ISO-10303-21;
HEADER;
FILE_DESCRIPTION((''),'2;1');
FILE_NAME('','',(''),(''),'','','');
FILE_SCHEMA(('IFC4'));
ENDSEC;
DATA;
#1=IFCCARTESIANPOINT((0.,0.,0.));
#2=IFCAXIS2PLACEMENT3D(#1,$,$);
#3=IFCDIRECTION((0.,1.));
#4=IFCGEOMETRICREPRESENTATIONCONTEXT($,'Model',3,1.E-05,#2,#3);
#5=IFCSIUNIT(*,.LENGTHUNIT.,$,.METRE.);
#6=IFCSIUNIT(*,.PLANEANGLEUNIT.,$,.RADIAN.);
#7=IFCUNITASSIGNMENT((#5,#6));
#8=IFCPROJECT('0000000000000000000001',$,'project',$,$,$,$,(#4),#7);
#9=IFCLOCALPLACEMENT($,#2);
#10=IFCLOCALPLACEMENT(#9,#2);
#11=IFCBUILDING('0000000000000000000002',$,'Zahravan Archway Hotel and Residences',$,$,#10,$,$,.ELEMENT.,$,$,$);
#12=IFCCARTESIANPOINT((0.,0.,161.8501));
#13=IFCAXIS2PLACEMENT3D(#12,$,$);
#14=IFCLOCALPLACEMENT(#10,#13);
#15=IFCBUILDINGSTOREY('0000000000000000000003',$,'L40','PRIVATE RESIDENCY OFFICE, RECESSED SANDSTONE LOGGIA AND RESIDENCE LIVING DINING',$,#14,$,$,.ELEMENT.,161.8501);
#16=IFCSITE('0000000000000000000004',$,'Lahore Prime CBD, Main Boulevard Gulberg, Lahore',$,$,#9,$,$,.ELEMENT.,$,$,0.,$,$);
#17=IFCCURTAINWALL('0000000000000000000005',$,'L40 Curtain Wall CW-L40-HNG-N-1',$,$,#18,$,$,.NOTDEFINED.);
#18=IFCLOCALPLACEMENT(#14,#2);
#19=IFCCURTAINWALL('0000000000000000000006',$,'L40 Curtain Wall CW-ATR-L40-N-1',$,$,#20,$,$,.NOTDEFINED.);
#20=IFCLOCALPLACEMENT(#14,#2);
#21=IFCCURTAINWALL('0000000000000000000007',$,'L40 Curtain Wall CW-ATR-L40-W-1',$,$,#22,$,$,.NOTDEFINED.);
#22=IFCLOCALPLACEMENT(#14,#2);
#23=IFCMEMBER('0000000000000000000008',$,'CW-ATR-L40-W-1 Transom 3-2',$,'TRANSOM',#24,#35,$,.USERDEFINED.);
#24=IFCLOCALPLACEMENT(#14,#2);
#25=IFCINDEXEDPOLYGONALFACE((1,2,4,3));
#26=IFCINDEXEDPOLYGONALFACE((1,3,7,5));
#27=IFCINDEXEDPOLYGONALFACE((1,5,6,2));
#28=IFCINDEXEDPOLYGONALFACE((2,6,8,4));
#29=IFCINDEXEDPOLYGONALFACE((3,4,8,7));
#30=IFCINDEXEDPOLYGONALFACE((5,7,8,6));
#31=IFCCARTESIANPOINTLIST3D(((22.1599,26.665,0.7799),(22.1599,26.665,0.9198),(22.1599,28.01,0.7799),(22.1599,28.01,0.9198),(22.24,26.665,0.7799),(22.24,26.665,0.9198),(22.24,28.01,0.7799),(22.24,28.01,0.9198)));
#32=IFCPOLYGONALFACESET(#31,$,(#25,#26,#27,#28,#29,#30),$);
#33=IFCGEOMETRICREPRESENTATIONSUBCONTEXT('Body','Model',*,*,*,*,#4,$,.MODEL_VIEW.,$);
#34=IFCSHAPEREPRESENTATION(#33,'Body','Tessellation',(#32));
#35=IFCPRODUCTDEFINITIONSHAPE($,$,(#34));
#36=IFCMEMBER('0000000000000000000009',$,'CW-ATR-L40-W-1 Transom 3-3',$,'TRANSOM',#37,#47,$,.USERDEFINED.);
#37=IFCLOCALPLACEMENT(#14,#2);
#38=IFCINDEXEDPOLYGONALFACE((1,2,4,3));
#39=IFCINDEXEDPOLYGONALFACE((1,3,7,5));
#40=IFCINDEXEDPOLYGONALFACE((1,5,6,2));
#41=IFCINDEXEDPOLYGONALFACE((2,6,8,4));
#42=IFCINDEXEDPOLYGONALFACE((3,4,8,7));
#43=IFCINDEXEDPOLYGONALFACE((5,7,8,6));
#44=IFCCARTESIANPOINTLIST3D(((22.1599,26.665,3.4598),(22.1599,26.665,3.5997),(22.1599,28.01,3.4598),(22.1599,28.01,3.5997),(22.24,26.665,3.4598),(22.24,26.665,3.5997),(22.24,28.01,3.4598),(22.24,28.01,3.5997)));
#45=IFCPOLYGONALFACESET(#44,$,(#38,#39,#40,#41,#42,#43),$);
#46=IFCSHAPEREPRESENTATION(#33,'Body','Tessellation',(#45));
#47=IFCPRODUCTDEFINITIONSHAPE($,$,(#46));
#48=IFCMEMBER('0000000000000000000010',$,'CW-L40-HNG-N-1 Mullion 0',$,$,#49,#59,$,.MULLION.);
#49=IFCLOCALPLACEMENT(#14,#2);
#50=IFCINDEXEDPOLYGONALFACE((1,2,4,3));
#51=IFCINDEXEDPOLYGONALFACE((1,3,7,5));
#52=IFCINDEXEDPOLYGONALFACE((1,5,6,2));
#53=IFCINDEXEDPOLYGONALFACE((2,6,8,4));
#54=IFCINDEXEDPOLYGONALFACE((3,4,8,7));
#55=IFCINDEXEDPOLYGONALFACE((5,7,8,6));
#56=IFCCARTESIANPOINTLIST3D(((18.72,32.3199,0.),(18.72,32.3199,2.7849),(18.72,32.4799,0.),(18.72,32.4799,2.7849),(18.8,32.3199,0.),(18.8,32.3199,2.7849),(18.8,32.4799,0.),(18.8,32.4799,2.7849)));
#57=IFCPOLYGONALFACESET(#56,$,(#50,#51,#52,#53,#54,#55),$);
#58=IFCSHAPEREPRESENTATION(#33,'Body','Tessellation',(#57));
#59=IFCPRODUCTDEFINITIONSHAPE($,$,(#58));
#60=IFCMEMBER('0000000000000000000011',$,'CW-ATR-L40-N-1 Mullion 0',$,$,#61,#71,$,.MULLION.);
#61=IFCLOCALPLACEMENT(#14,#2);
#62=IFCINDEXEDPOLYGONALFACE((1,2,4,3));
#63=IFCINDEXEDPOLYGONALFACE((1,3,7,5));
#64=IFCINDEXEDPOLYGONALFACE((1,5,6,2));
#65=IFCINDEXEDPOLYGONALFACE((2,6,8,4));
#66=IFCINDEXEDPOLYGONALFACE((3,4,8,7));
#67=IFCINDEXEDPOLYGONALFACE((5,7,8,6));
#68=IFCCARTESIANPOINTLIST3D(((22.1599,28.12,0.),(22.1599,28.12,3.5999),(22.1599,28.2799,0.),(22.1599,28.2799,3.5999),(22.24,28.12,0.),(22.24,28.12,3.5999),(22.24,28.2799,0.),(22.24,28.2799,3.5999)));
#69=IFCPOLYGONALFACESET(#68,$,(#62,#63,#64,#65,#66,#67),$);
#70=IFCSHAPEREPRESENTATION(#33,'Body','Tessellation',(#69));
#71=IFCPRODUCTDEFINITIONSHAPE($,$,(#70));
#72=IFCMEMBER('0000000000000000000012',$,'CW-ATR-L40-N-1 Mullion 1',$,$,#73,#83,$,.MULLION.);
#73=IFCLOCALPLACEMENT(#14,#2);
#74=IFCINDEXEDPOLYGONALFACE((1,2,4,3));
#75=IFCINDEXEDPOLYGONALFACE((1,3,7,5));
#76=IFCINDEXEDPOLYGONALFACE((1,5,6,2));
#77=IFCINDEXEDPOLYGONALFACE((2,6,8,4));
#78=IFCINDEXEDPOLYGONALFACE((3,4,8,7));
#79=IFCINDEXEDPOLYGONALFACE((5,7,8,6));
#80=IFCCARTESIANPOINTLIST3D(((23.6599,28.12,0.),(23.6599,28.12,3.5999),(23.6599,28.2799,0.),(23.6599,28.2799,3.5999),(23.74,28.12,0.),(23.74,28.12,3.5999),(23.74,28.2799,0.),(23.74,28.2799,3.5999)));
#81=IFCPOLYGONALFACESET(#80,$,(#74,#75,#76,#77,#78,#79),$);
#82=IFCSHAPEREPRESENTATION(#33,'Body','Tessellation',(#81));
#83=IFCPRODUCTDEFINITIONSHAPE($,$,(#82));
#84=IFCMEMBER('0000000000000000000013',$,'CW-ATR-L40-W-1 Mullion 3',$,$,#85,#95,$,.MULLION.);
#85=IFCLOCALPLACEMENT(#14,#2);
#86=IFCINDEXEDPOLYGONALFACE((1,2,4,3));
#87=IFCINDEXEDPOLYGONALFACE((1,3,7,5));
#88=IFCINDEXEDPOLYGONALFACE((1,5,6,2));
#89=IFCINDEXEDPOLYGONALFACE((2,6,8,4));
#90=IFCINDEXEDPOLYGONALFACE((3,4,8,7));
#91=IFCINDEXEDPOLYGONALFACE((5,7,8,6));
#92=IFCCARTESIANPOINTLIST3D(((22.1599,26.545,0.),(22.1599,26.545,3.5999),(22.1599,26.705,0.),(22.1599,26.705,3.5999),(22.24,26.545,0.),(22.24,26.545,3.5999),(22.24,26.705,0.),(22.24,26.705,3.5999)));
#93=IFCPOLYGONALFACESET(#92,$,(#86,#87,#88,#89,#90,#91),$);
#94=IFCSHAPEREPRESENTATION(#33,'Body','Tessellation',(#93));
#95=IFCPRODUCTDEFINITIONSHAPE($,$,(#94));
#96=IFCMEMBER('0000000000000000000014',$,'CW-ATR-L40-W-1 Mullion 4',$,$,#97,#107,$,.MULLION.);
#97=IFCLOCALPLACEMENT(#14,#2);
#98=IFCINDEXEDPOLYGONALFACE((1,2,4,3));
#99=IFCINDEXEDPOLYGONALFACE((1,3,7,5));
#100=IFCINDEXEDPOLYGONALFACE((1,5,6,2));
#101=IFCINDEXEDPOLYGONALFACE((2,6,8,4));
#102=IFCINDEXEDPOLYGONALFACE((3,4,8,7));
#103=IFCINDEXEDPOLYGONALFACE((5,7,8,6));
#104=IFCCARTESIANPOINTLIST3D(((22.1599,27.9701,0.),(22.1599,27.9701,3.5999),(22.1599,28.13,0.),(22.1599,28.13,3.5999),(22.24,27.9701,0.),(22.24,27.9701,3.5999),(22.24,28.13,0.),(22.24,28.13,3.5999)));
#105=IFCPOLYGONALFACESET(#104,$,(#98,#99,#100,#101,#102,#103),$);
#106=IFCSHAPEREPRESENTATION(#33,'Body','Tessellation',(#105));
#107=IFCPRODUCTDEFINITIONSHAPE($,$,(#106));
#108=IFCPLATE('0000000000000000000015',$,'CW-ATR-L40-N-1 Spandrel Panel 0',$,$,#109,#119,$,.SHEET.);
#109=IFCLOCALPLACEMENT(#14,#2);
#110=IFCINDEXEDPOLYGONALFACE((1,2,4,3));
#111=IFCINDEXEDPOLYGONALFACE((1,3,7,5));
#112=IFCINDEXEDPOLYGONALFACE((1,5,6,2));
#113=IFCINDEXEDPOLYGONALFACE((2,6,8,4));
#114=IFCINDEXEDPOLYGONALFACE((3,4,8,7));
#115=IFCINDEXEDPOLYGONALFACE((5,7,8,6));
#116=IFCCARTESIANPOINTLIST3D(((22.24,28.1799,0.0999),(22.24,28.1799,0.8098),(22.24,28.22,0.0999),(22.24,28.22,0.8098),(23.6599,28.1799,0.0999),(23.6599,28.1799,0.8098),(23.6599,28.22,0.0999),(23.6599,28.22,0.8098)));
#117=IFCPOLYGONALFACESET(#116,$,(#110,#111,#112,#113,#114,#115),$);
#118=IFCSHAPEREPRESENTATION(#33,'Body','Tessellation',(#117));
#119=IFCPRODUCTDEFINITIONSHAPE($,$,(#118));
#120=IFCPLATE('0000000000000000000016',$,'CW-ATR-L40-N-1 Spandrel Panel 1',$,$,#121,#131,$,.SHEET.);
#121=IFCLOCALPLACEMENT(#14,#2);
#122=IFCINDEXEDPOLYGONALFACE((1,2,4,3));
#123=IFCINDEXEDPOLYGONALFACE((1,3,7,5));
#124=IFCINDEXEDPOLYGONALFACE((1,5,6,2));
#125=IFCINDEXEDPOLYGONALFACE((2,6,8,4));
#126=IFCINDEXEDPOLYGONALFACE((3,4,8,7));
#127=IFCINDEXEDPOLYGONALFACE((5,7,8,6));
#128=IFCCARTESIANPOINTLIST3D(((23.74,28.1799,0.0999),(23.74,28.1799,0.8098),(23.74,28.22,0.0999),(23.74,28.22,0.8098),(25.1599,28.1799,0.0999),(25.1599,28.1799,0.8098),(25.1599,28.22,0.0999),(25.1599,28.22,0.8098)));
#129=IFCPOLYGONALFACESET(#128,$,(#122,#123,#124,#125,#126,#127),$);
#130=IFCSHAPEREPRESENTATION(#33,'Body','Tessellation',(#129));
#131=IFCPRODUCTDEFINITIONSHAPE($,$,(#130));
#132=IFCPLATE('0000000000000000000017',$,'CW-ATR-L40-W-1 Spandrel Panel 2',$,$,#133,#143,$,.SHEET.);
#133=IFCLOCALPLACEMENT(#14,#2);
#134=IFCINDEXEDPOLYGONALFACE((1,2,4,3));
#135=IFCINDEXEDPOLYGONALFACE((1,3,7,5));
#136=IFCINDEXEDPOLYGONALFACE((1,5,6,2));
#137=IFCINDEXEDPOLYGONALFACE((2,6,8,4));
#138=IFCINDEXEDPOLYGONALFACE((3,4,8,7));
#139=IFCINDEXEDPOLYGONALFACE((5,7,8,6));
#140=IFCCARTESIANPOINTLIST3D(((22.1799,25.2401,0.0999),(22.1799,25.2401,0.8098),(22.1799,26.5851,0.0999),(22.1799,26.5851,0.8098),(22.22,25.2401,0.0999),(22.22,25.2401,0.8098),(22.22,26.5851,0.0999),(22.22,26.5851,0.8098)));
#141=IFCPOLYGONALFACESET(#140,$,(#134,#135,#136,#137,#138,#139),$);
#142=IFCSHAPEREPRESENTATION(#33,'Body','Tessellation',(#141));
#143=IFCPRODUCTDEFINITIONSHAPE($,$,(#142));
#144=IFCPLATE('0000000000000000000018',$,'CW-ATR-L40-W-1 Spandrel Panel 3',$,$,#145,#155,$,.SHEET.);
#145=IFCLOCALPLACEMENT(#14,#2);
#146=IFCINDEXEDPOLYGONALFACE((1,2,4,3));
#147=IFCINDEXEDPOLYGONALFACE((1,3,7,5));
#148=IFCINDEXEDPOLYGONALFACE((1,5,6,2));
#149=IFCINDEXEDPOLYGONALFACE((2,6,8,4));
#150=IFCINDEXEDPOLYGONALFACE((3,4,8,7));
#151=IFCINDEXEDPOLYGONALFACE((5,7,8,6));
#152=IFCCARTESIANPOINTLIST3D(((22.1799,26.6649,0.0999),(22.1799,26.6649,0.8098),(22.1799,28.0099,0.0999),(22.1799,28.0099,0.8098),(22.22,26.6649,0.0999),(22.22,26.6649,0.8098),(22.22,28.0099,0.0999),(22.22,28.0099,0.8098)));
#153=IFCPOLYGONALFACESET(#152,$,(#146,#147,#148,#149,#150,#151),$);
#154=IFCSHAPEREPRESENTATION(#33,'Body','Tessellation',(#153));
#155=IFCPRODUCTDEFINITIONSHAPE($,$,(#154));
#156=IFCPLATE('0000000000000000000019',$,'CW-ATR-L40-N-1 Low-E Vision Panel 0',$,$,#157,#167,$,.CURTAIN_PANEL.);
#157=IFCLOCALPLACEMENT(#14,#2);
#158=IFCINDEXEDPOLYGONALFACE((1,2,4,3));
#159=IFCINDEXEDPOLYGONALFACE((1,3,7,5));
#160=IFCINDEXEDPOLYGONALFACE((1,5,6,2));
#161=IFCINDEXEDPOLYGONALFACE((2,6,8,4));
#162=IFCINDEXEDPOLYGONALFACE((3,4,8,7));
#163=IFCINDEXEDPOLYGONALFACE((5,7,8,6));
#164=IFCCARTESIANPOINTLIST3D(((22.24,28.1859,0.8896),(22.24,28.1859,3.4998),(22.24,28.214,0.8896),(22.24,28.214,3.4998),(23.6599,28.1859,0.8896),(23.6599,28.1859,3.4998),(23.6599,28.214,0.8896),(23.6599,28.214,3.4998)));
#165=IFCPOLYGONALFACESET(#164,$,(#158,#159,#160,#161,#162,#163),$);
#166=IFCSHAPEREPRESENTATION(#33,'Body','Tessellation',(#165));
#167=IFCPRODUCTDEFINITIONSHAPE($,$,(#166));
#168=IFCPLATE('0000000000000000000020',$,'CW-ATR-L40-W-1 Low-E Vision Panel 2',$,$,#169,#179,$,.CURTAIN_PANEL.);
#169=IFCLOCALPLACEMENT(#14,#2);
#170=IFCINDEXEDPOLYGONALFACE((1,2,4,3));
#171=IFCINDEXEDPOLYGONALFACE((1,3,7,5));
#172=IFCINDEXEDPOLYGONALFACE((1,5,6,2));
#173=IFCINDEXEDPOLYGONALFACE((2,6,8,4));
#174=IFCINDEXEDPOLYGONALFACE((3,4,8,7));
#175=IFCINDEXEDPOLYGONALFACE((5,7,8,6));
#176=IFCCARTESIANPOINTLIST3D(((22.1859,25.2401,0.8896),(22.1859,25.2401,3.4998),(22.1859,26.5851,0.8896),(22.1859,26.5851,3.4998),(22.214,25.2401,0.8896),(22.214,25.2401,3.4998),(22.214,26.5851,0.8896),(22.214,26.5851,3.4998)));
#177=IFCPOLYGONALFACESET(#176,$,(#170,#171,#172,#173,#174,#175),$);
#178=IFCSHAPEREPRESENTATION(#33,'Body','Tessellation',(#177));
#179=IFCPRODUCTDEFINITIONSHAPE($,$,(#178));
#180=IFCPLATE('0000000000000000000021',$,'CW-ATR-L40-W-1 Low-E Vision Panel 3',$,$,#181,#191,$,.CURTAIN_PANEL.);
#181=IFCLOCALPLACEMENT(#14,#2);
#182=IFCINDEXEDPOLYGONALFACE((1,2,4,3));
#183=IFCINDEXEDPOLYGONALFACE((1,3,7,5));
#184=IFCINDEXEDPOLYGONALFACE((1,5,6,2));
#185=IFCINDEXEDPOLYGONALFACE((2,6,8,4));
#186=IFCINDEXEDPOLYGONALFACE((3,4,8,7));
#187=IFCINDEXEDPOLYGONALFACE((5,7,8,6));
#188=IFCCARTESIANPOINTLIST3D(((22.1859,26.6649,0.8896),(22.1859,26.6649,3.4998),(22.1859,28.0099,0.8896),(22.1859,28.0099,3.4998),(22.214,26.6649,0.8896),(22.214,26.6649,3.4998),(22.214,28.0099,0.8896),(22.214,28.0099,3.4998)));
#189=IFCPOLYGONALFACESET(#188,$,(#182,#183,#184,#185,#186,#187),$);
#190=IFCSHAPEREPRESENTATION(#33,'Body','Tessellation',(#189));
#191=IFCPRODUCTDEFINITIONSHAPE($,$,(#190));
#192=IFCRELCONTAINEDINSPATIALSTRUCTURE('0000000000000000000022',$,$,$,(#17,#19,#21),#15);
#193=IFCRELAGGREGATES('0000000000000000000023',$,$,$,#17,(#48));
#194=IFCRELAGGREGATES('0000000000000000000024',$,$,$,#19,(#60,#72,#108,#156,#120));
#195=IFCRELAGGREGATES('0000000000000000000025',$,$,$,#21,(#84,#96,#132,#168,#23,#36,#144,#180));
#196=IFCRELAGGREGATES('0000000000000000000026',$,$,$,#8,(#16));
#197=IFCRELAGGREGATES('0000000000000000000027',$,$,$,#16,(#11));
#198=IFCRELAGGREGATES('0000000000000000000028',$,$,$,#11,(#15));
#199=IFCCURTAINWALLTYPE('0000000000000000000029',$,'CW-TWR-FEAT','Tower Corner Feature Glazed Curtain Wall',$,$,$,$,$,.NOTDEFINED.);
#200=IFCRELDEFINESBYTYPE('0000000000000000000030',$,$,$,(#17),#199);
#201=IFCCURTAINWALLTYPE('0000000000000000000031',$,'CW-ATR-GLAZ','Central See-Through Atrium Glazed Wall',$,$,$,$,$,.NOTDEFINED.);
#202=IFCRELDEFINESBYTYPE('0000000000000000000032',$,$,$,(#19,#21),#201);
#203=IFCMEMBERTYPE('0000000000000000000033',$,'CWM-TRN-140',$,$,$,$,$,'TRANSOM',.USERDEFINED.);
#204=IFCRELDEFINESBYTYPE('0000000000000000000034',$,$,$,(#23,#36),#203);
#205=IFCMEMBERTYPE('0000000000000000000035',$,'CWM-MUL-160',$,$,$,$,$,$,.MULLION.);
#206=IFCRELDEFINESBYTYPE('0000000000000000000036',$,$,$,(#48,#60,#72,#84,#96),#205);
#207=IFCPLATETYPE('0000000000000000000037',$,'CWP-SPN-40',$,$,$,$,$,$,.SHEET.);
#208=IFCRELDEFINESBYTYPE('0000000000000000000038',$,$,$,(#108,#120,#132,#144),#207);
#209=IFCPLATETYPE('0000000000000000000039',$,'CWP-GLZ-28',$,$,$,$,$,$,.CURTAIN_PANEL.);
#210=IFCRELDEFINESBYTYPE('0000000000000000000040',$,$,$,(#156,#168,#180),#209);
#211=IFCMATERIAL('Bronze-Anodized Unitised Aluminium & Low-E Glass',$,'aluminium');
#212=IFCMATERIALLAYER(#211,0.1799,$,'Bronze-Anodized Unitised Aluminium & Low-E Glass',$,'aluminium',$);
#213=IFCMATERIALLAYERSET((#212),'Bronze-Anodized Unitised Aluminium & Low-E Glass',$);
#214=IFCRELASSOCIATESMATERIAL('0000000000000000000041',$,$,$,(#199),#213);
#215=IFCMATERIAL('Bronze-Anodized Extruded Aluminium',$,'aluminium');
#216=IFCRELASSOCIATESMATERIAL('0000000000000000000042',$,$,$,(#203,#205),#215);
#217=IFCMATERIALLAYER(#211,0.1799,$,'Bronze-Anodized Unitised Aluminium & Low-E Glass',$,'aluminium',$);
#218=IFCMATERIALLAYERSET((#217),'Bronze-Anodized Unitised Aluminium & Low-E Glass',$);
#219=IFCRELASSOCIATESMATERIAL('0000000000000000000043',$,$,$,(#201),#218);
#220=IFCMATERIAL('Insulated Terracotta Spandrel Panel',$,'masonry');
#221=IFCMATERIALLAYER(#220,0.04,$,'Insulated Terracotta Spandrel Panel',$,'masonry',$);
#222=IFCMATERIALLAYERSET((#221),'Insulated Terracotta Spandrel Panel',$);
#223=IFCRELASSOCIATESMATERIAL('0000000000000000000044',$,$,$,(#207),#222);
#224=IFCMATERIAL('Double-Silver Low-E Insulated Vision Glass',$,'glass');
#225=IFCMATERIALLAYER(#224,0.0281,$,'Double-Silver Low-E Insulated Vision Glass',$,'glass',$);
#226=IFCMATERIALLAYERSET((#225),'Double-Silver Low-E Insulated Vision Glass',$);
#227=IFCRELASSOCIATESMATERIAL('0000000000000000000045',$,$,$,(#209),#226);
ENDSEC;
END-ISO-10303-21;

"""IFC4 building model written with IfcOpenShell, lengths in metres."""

from ifc_helpers import new_model, si_unit, direction, frame, origin, origin_2d, place, context, subcontext, project, spatial, rectangle, extrude, source, transform, mapped, material, layer, layer_set, material_profile, profile_set, type_object, element, aggregate, save


model = new_model("IFC4")

# Units and contexts
model_context = context("Model", 3, precision=1e-05, world=origin(), true_north=direction((0.0, 1.0)))
body_context = subcontext(model_context, "Body", "Model", "MODEL_VIEW")
ifc_project = project(units=[si_unit("LENGTHUNIT", "METRE"), si_unit("PLANEANGLEUNIT", "RADIAN")], contexts=[model_context])

# Site, building, storey
site_placement = place(None, origin())
site = spatial("IfcSite", under=ifc_project, at=site_placement, Name="Lahore Prime CBD, Main Boulevard Gulberg, Lahore", CompositionType="ELEMENT", RefElevation=0.0)
building_placement = place(site_placement, origin())
building = spatial("IfcBuilding", under=site, at=building_placement, Name="Zahravan Archway Hotel and Residences", CompositionType="ELEMENT")
storey_placement = place(building_placement, frame((0.0, 0.0, 161.8501)))
storey = spatial("IfcBuildingStorey", under=building, at=storey_placement, Name="L40", Description="PRIVATE RESIDENCY OFFICE, RECESSED SANDSTONE LOGGIA AND RESIDENCE LIVING DINING", CompositionType="ELEMENT", Elevation=161.8501)

# Curtain walls, members
ifc_material_1 = material(Name="Bronze-Anodized Unitised Aluminium & Low-E Glass", Category="aluminium")
ifc_layer_1 = layer(ifc_material_1, 0.1799, Name="Bronze-Anodized Unitised Aluminium & Low-E Glass", Category="aluminium")
ifc_layer_set_1 = layer_set([ifc_layer_1], Name="Bronze-Anodized Unitised Aluminium & Low-E Glass")
curtain_wall_type_1 = type_object("IfcCurtainWallType", Name="CW-TWR-FEAT", Description="Tower Corner Feature Glazed Curtain Wall", PredefinedType="NOTDEFINED", material=ifc_layer_set_1)
curtain_wall_1_placement = place(storey_placement, origin())
curtain_wall_1 = element("IfcCurtainWall", 1, at=curtain_wall_1_placement, inside=storey, type_object=curtain_wall_type_1, Name="L40 Curtain Wall CW-L40-HNG-N-1", PredefinedType="NOTDEFINED")
ifc_material_2 = material(Name="Bronze-Anodized Extruded Aluminium", Category="aluminium")
ifc_material_profile_1 = material_profile(ifc_material_2, rectangle(XDim=0.0801, YDim=0.1399, at=origin_2d()), Name="TRN 80x140", Category="aluminium")
ifc_profile_set_1 = profile_set([ifc_material_profile_1], Name="Bronze-Anodized Extruded Aluminium")
member_type_1 = type_object("IfcMemberType", Name="CWM-TRN-140", ElementType="TRANSOM", PredefinedType="USERDEFINED", material=ifc_profile_set_1)
ifc_layer_2 = layer(ifc_material_1, 0.1799, Name="Bronze-Anodized Unitised Aluminium & Low-E Glass", Category="aluminium")
ifc_layer_set_2 = layer_set([ifc_layer_2], Name="Bronze-Anodized Unitised Aluminium & Low-E Glass")
curtain_wall_type_2 = type_object("IfcCurtainWallType", Name="CW-ATR-GLAZ", Description="Central See-Through Atrium Glazed Wall", PredefinedType="NOTDEFINED", material=ifc_layer_set_2)
curtain_wall_2_placement = place(storey_placement, origin())
curtain_wall_2 = element("IfcCurtainWall", 2, at=curtain_wall_2_placement, inside=storey, type_object=curtain_wall_type_2, Name="L40 Curtain Wall CW-ATR-L40-N-1", PredefinedType="NOTDEFINED")
curtain_wall_3_placement = place(storey_placement, origin())
curtain_wall_3 = element("IfcCurtainWall", 3, at=curtain_wall_3_placement, inside=storey, type_object=curtain_wall_type_2, Name="L40 Curtain Wall CW-ATR-L40-W-1", PredefinedType="NOTDEFINED")
shared_shape_1 = source(origin(), body_context, "Body", "SweptSolid", [
    extrude(rectangle(XDim=0.0801, YDim=0.1399, at=origin_2d()), origin(), (0.0, 0.0, 1.0), 1.345),
])
member_1_placement = place(storey_placement, frame((22.2, 26.665, 0.8499), z_axis=(0.0, 1.0, 0.0), x_axis=(-1.0, 0.0, 0.0)))
member_1 = element("IfcMember", 4, at=member_1_placement, type_object=member_type_1, Name="CW-ATR-L40-W-1 Transom 3-2", ObjectType="TRANSOM", PredefinedType="USERDEFINED", context=body_context, shape_type="MappedRepresentation", body=[
    mapped(shared_shape_1, transform((0.0, 0.0, 0.0), scale=1.0)),
])
member_2_placement = place(storey_placement, frame((22.2, 26.665, 3.5298), z_axis=(0.0, 1.0, 0.0), x_axis=(-1.0, 0.0, 0.0)))
member_2 = element("IfcMember", 5, at=member_2_placement, type_object=member_type_1, Name="CW-ATR-L40-W-1 Transom 3-3", ObjectType="TRANSOM", PredefinedType="USERDEFINED", context=body_context, shape_type="MappedRepresentation", body=[
    mapped(shared_shape_1, transform((0.0, 0.0, 0.0), scale=1.0)),
])

# Members
ifc_material_profile_2 = material_profile(ifc_material_2, rectangle(XDim=0.0801, YDim=0.1599, at=origin_2d()), Name="MUL 80x160", Category="aluminium")
ifc_profile_set_2 = profile_set([ifc_material_profile_2], Name="Bronze-Anodized Extruded Aluminium")
member_type_2 = type_object("IfcMemberType", Name="CWM-MUL-160", PredefinedType="MULLION", material=ifc_profile_set_2)
shared_shape_2 = source(origin(), body_context, "Body", "SweptSolid", [
    extrude(rectangle(XDim=0.0801, YDim=0.1599, at=origin_2d()), origin(), (0.0, 0.0, 1.0), 2.7849),
])
member_3_placement = place(storey_placement, frame((18.76, 32.3999, 0.0), z_axis=(0.0, 0.0, 1.0), x_axis=(1.0, 0.0, 0.0)))
member_3 = element("IfcMember", 6, at=member_3_placement, type_object=member_type_2, Name="CW-L40-HNG-N-1 Mullion 0", PredefinedType="MULLION", context=body_context, shape_type="MappedRepresentation", body=[
    mapped(shared_shape_2, transform((0.0, 0.0, 0.0), scale=1.0)),
])
aggregate(curtain_wall_1, [member_3])
shared_shape_3 = source(origin(), body_context, "Body", "SweptSolid", [
    extrude(rectangle(XDim=0.0801, YDim=0.1599, at=origin_2d()), origin(), (0.0, 0.0, 1.0), 3.5999),
])
member_4_placement = place(storey_placement, frame((22.2, 28.2, 0.0), z_axis=(0.0, 0.0, 1.0), x_axis=(1.0, 0.0, 0.0)))
member_4 = element("IfcMember", 7, at=member_4_placement, type_object=member_type_2, Name="CW-ATR-L40-N-1 Mullion 0", PredefinedType="MULLION", context=body_context, shape_type="MappedRepresentation", body=[
    mapped(shared_shape_3, transform((0.0, 0.0, 0.0), scale=1.0)),
])
member_5_placement = place(storey_placement, frame((23.7, 28.2, 0.0), z_axis=(0.0, 0.0, 1.0), x_axis=(1.0, 0.0, 0.0)))
member_5 = element("IfcMember", 8, at=member_5_placement, type_object=member_type_2, Name="CW-ATR-L40-N-1 Mullion 1", PredefinedType="MULLION", context=body_context, shape_type="MappedRepresentation", body=[
    mapped(shared_shape_3, transform((0.0, 0.0, 0.0), scale=1.0)),
])
member_6_placement = place(storey_placement, frame((22.2, 26.625, 0.0), z_axis=(0.0, 0.0, 1.0), x_axis=(1.0, 0.0, 0.0)))
member_6 = element("IfcMember", 9, at=member_6_placement, type_object=member_type_2, Name="CW-ATR-L40-W-1 Mullion 3", PredefinedType="MULLION", context=body_context, shape_type="MappedRepresentation", body=[
    mapped(shared_shape_3, transform((0.0, 0.0, 0.0), scale=1.0)),
])
member_7_placement = place(storey_placement, frame((22.2, 28.05, 0.0), z_axis=(0.0, 0.0, 1.0), x_axis=(1.0, 0.0, 0.0)))
member_7 = element("IfcMember", 10, at=member_7_placement, type_object=member_type_2, Name="CW-ATR-L40-W-1 Mullion 4", PredefinedType="MULLION", context=body_context, shape_type="MappedRepresentation", body=[
    mapped(shared_shape_3, transform((0.0, 0.0, 0.0), scale=1.0)),
])

# Plates
ifc_material_3 = material(Name="Insulated Terracotta Spandrel Panel", Category="masonry")
ifc_layer_3 = layer(ifc_material_3, 0.04, Name="Insulated Terracotta Spandrel Panel", Category="masonry")
ifc_layer_set_3 = layer_set([ifc_layer_3], Name="Insulated Terracotta Spandrel Panel")
plate_type_1 = type_object("IfcPlateType", Name="CWP-SPN-40", PredefinedType="SHEET", material=ifc_layer_set_3)
shared_shape_4 = source(origin(), body_context, "Body", "SweptSolid", [
    extrude(rectangle(XDim=1.4199, YDim=0.04, at=origin_2d()), origin(), (0.0, 0.0, 1.0), 0.71),
])
plate_1_placement = place(storey_placement, frame((22.95, 28.2, 0.0999), z_axis=(0.0, 0.0, 1.0), x_axis=(1.0, 0.0, 0.0)))
plate_1 = element("IfcPlate", 11, at=plate_1_placement, type_object=plate_type_1, Name="CW-ATR-L40-N-1 Spandrel Panel 0", PredefinedType="SHEET", context=body_context, shape_type="MappedRepresentation", body=[
    mapped(shared_shape_4, transform((0.0, 0.0, 0.0), scale=1.0)),
])
plate_2_placement = place(storey_placement, frame((24.45, 28.2, 0.0999), z_axis=(0.0, 0.0, 1.0), x_axis=(1.0, 0.0, 0.0)))
plate_2 = element("IfcPlate", 12, at=plate_2_placement, type_object=plate_type_1, Name="CW-ATR-L40-N-1 Spandrel Panel 1", PredefinedType="SHEET", context=body_context, shape_type="MappedRepresentation", body=[
    mapped(shared_shape_4, transform((0.0, 0.0, 0.0), scale=1.0)),
])
shared_shape_5 = source(origin(), body_context, "Body", "SweptSolid", [
    extrude(rectangle(XDim=1.345, YDim=0.04, at=origin_2d()), origin(), (0.0, 0.0, 1.0), 0.71),
])
plate_3_placement = place(storey_placement, frame((22.2, 25.9126, 0.0999), z_axis=(0.0, 0.0, 1.0), x_axis=(0.0, 1.0, 0.0)))
plate_3 = element("IfcPlate", 13, at=plate_3_placement, type_object=plate_type_1, Name="CW-ATR-L40-W-1 Spandrel Panel 2", PredefinedType="SHEET", context=body_context, shape_type="MappedRepresentation", body=[
    mapped(shared_shape_5, transform((0.0, 0.0, 0.0), scale=1.0)),
])
plate_4_placement = place(storey_placement, frame((22.2, 27.3374, 0.0999), z_axis=(0.0, 0.0, 1.0), x_axis=(0.0, 1.0, 0.0)))
plate_4 = element("IfcPlate", 14, at=plate_4_placement, type_object=plate_type_1, Name="CW-ATR-L40-W-1 Spandrel Panel 3", PredefinedType="SHEET", context=body_context, shape_type="MappedRepresentation", body=[
    mapped(shared_shape_5, transform((0.0, 0.0, 0.0), scale=1.0)),
])
ifc_material_4 = material(Name="Double-Silver Low-E Insulated Vision Glass", Category="glass")
ifc_layer_4 = layer(ifc_material_4, 0.0281, Name="Double-Silver Low-E Insulated Vision Glass", Category="glass")
ifc_layer_set_4 = layer_set([ifc_layer_4], Name="Double-Silver Low-E Insulated Vision Glass")
plate_type_2 = type_object("IfcPlateType", Name="CWP-GLZ-28", PredefinedType="CURTAIN_PANEL", material=ifc_layer_set_4)
shared_shape_6 = source(origin(), body_context, "Body", "SweptSolid", [
    extrude(rectangle(XDim=1.4199, YDim=0.0281, at=origin_2d()), origin(), (0.0, 0.0, 1.0), 2.6101),
])
plate_5_placement = place(storey_placement, frame((22.95, 28.2, 0.8896), z_axis=(0.0, 0.0, 1.0), x_axis=(1.0, 0.0, 0.0)))
plate_5 = element("IfcPlate", 15, at=plate_5_placement, type_object=plate_type_2, Name="CW-ATR-L40-N-1 Low-E Vision Panel 0", PredefinedType="CURTAIN_PANEL", context=body_context, shape_type="MappedRepresentation", body=[
    mapped(shared_shape_6, transform((0.0, 0.0, 0.0), scale=1.0)),
])
aggregate(curtain_wall_2, [member_4, member_5, plate_1, plate_5, plate_2])
shared_shape_7 = source(origin(), body_context, "Body", "SweptSolid", [
    extrude(rectangle(XDim=1.345, YDim=0.0281, at=origin_2d()), origin(), (0.0, 0.0, 1.0), 2.6101),
])
plate_6_placement = place(storey_placement, frame((22.2, 25.9126, 0.8896), z_axis=(0.0, 0.0, 1.0), x_axis=(0.0, 1.0, 0.0)))
plate_6 = element("IfcPlate", 16, at=plate_6_placement, type_object=plate_type_2, Name="CW-ATR-L40-W-1 Low-E Vision Panel 2", PredefinedType="CURTAIN_PANEL", context=body_context, shape_type="MappedRepresentation", body=[
    mapped(shared_shape_7, transform((0.0, 0.0, 0.0), scale=1.0)),
])
plate_7_placement = place(storey_placement, frame((22.2, 27.3374, 0.8896), z_axis=(0.0, 0.0, 1.0), x_axis=(0.0, 1.0, 0.0)))
plate_7 = element("IfcPlate", 17, at=plate_7_placement, type_object=plate_type_2, Name="CW-ATR-L40-W-1 Low-E Vision Panel 3", PredefinedType="CURTAIN_PANEL", context=body_context, shape_type="MappedRepresentation", body=[
    mapped(shared_shape_7, transform((0.0, 0.0, 0.0), scale=1.0)),
])
aggregate(curtain_wall_3, [member_6, member_7, plate_3, plate_6, member_1, member_2, plate_4, plate_7])

save(model, "model.ifc")
